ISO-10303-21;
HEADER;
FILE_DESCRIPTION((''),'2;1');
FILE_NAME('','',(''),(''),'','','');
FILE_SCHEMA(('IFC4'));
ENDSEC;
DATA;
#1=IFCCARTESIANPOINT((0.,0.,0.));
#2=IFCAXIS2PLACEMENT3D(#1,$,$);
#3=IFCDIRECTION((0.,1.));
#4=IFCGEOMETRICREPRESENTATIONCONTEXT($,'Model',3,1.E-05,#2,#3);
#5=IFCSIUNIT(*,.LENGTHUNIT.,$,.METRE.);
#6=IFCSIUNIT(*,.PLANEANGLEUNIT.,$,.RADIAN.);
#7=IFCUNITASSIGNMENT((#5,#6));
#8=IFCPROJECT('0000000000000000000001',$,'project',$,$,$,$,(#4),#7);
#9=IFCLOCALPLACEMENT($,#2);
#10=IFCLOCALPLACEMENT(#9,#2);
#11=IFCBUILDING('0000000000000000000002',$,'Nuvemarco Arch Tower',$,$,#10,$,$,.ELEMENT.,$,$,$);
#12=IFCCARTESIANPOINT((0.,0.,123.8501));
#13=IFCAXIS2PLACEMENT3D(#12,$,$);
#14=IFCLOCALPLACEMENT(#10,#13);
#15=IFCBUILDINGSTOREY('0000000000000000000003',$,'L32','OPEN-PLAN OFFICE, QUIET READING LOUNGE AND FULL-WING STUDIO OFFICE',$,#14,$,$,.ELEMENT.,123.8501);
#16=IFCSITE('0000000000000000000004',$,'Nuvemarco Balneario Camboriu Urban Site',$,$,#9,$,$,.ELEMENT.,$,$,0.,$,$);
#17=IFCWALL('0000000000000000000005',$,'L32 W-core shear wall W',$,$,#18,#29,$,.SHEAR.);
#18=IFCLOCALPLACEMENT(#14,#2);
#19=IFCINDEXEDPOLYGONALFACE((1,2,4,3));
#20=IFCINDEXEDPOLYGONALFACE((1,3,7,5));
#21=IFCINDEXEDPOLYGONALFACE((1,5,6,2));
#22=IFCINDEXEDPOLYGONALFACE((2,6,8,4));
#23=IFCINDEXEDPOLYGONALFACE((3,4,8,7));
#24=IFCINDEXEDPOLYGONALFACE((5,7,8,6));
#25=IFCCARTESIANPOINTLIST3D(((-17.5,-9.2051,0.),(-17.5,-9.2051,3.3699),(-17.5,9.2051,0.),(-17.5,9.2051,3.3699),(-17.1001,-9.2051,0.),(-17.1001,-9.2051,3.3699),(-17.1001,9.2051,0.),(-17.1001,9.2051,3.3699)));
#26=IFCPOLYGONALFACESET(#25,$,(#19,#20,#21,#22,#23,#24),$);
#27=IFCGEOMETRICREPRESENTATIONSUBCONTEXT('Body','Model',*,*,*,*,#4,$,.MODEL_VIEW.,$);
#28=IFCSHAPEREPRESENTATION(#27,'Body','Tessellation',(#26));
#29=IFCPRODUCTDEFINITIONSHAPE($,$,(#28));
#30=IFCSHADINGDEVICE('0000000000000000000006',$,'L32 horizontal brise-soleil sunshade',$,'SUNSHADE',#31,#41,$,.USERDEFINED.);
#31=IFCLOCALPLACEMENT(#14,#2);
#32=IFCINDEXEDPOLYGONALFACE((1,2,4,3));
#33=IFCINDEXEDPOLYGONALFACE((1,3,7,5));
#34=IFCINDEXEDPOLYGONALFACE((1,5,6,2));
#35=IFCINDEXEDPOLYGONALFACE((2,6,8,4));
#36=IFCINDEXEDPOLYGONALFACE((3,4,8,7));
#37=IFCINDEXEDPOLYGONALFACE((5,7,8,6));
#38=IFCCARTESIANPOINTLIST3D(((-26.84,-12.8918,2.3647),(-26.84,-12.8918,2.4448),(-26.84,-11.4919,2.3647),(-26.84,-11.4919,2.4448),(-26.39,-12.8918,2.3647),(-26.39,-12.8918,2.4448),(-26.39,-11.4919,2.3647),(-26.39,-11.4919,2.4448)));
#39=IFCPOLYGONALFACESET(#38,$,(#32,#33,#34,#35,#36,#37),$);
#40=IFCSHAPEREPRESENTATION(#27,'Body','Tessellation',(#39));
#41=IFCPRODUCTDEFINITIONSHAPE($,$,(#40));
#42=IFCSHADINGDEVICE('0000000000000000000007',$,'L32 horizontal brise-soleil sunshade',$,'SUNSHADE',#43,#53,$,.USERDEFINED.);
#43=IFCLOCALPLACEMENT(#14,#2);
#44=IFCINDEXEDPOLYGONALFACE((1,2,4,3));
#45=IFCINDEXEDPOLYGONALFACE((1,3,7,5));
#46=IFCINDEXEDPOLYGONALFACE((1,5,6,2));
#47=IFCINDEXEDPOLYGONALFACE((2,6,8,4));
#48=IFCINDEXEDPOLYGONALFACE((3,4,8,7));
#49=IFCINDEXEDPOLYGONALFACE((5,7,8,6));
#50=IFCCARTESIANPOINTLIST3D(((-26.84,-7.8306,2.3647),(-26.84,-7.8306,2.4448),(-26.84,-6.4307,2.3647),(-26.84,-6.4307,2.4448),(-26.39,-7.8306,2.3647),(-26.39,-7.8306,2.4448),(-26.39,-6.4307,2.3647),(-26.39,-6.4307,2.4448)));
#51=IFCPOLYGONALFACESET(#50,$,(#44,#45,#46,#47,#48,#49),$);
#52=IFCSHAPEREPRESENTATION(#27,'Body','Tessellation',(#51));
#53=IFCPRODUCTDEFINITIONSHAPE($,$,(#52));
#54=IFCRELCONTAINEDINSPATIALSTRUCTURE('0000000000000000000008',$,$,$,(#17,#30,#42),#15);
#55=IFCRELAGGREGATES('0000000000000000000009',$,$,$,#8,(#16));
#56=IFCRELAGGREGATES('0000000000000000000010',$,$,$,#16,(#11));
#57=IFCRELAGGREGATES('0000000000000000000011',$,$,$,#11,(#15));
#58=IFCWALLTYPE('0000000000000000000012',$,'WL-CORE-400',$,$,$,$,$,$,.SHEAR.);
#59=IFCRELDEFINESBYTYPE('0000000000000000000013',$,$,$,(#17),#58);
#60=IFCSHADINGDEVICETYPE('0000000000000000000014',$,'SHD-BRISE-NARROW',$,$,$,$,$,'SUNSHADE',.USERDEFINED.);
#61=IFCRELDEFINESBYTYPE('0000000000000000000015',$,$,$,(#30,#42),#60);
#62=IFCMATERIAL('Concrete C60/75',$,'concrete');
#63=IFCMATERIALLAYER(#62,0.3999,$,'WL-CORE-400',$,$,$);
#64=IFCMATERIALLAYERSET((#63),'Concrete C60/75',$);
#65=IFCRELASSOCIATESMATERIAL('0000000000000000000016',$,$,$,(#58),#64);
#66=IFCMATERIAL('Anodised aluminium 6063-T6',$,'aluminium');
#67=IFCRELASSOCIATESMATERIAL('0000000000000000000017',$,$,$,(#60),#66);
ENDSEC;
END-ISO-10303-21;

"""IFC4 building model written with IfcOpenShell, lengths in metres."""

from ifc_helpers import new_model, si_unit, direction, frame, frame_2d, origin, origin_2d, place, context, subcontext, project, spatial, rectangle, extrude, source, transform, mapped, material, layer, layer_set, type_object, type_shapes, element, save


model = new_model("IFC4")

# Units and contexts
model_context = context("Model", 3, precision=1e-05, world=origin(), true_north=direction((0.0, 1.0)))
body_context = subcontext(model_context, "Body", "Model", "MODEL_VIEW")
ifc_project = project(units=[si_unit("LENGTHUNIT", "METRE"), si_unit("PLANEANGLEUNIT", "RADIAN")], contexts=[model_context])

# Site, building, storey
site_placement = place(None, origin())
site = spatial("IfcSite", under=ifc_project, at=site_placement, Name="Nuvemarco Balneario Camboriu Urban Site", CompositionType="ELEMENT", RefElevation=0.0)
building_placement = place(site_placement, origin())
building = spatial("IfcBuilding", under=site, at=building_placement, Name="Nuvemarco Arch Tower", CompositionType="ELEMENT")
storey_placement = place(building_placement, frame((0.0, 0.0, 123.8501)))
storey = spatial("IfcBuildingStorey", under=building, at=storey_placement, Name="L32", Description="OPEN-PLAN OFFICE, QUIET READING LOUNGE AND FULL-WING STUDIO OFFICE", CompositionType="ELEMENT", Elevation=123.8501)

# Shared definitions
ifc_material_1 = material(Name="Anodised aluminium 6063-T6", Category="aluminium")

# Wall
ifc_material_2 = material(Name="Concrete C60/75", Category="concrete")
ifc_layer_1 = layer(ifc_material_2, 0.3999, Name="WL-CORE-400")
ifc_layer_set_1 = layer_set([ifc_layer_1], Name="Concrete C60/75")
wall_type = type_object("IfcWallType", Name="WL-CORE-400", PredefinedType="SHEAR", material=ifc_layer_set_1)
wall_1_placement = place(storey_placement, frame((-17.3, -9.2051, 0.0), z_axis=(0.0, 0.0, 1.0), x_axis=(0.0, 1.0, 0.0)))
element("IfcWall", 1, at=wall_1_placement, inside=storey, type_object=wall_type, Name="L32 W-core shear wall W", PredefinedType="SHEAR", context=body_context, shape_type="SweptSolid", body=[
    extrude(rectangle(XDim=18.4102, YDim=0.3999, at=frame_2d((9.2051, 0.0))), origin(), (0.0, 0.0, 1.0), 3.3699),
])

# Shading devices
shading_device_type = type_object("IfcShadingDeviceType", Name="SHD-BRISE-NARROW", ElementType="SUNSHADE", PredefinedType="USERDEFINED", material=ifc_material_1)
shared_shape_1 = source(origin(), body_context, "Body", "SweptSolid", [
    extrude(rectangle(XDim=1.3999, YDim=0.45, at=origin_2d()), origin(), (0.0, 0.0, 1.0), 0.0801),
])
type_shapes(shading_device_type, [shared_shape_1])
for number, where, z_axis, x_axis, name in (
    (2, (-26.615, -12.1919, 2.3647), (0.0, 0.0, 1.0), (0.0, 1.0, 0.0), "L32 horizontal brise-soleil sunshade"),
    (3, (-26.615, -7.1306, 2.3647), (0.0, 0.0, 1.0), (0.0, 1.0, 0.0), "L32 horizontal brise-soleil sunshade"),
):
    element("IfcShadingDevice", number, at=place(storey_placement, frame(where, z_axis=z_axis, x_axis=x_axis)), inside=storey, type_object=shading_device_type, Name=name, ObjectType="SUNSHADE", PredefinedType="USERDEFINED", context=body_context, shape_type="MappedRepresentation", body=[
        mapped(shared_shape_1, transform((0.0, 0.0, 0.0), scale=1.0)),
    ])

save(model, "model.ifc")
